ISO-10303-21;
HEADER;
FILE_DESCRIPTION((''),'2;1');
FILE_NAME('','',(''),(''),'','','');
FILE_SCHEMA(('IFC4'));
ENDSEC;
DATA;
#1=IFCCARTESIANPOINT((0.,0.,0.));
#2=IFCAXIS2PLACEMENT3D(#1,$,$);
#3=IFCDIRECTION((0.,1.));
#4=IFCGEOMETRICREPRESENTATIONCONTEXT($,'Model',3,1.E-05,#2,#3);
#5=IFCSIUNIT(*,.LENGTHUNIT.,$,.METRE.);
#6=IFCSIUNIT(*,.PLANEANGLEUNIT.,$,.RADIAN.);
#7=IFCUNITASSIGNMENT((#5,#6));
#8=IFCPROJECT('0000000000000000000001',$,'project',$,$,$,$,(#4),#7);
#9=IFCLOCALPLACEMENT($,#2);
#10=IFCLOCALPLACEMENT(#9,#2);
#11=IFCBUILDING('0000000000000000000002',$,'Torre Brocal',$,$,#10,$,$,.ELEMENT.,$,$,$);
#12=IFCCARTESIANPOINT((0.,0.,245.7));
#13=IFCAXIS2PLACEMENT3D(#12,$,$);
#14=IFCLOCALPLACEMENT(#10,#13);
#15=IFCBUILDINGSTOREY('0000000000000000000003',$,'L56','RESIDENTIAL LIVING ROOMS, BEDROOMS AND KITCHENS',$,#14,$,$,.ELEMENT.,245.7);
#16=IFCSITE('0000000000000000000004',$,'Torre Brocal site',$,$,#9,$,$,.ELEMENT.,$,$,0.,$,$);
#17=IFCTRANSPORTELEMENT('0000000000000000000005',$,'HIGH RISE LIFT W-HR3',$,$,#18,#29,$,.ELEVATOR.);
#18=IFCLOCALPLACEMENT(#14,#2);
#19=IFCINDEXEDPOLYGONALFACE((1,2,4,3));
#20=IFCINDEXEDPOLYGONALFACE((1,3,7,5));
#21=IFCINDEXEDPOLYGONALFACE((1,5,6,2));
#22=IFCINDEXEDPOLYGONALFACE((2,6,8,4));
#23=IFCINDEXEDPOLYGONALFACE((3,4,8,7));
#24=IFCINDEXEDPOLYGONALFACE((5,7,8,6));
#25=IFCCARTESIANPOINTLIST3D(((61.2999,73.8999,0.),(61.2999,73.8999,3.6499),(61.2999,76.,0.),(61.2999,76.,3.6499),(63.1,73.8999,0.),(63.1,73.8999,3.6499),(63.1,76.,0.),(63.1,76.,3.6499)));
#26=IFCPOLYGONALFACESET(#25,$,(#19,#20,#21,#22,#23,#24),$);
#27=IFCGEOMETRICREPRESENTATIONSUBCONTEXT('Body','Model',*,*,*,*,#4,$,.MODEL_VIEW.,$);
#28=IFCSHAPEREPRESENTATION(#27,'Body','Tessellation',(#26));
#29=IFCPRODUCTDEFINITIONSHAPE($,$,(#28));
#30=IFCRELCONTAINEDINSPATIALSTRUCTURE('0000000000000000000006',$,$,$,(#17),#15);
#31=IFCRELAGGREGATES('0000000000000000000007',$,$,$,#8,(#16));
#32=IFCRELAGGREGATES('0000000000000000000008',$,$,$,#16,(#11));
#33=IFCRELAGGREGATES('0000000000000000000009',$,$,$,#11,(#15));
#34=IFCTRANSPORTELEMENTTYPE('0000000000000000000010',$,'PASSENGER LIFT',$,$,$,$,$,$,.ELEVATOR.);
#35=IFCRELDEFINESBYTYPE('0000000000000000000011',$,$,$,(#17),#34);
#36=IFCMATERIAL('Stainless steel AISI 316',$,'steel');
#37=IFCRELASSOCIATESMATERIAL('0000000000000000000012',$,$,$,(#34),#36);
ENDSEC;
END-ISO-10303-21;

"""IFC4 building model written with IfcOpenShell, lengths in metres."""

from ifc_helpers import new_model, si_unit, direction, frame, origin, origin_2d, place, context, subcontext, project, spatial, rectangle, extrude, material, type_object, element, save


model = new_model("IFC4")

# Units and contexts
model_context = context("Model", 3, precision=1e-05, world=origin(), true_north=direction((0.0, 1.0)))
body_context = subcontext(model_context, "Body", "Model", "MODEL_VIEW")
ifc_project = project(units=[si_unit("LENGTHUNIT", "METRE"), si_unit("PLANEANGLEUNIT", "RADIAN")], contexts=[model_context])

# Site, building, storey
site_placement = place(None, origin())
site = spatial("IfcSite", under=ifc_project, at=site_placement, Name="Torre Brocal site", CompositionType="ELEMENT", RefElevation=0.0)
building_placement = place(site_placement, origin())
building = spatial("IfcBuilding", under=site, at=building_placement, Name="Torre Brocal", CompositionType="ELEMENT")
storey_placement = place(building_placement, frame((0.0, 0.0, 245.7)))
storey = spatial("IfcBuildingStorey", under=building, at=storey_placement, Name="L56", Description="RESIDENTIAL LIVING ROOMS, BEDROOMS AND KITCHENS", CompositionType="ELEMENT", Elevation=245.7)

# Transport element
ifc_material_1 = material(Name="Stainless steel AISI 316", Category="steel")
transport_element_type = type_object("IfcTransportElementType", Name="PASSENGER LIFT", PredefinedType="ELEVATOR", material=ifc_material_1)
transport_element_placement = place(storey_placement, frame((62.2, 74.95, 0.0), z_axis=(0.0, 0.0, 1.0), x_axis=(1.0, 0.0, 0.0)))
element("IfcTransportElement", 1, at=transport_element_placement, inside=storey, type_object=transport_element_type, Name="HIGH RISE LIFT W-HR3", PredefinedType="ELEVATOR", context=body_context, shape_type="SweptSolid", body=[
    extrude(rectangle(XDim=1.8, YDim=2.1001, at=origin_2d()), origin(), (0.0, 0.0, 1.0), 3.6499),
])

save(model, "model.ifc")
